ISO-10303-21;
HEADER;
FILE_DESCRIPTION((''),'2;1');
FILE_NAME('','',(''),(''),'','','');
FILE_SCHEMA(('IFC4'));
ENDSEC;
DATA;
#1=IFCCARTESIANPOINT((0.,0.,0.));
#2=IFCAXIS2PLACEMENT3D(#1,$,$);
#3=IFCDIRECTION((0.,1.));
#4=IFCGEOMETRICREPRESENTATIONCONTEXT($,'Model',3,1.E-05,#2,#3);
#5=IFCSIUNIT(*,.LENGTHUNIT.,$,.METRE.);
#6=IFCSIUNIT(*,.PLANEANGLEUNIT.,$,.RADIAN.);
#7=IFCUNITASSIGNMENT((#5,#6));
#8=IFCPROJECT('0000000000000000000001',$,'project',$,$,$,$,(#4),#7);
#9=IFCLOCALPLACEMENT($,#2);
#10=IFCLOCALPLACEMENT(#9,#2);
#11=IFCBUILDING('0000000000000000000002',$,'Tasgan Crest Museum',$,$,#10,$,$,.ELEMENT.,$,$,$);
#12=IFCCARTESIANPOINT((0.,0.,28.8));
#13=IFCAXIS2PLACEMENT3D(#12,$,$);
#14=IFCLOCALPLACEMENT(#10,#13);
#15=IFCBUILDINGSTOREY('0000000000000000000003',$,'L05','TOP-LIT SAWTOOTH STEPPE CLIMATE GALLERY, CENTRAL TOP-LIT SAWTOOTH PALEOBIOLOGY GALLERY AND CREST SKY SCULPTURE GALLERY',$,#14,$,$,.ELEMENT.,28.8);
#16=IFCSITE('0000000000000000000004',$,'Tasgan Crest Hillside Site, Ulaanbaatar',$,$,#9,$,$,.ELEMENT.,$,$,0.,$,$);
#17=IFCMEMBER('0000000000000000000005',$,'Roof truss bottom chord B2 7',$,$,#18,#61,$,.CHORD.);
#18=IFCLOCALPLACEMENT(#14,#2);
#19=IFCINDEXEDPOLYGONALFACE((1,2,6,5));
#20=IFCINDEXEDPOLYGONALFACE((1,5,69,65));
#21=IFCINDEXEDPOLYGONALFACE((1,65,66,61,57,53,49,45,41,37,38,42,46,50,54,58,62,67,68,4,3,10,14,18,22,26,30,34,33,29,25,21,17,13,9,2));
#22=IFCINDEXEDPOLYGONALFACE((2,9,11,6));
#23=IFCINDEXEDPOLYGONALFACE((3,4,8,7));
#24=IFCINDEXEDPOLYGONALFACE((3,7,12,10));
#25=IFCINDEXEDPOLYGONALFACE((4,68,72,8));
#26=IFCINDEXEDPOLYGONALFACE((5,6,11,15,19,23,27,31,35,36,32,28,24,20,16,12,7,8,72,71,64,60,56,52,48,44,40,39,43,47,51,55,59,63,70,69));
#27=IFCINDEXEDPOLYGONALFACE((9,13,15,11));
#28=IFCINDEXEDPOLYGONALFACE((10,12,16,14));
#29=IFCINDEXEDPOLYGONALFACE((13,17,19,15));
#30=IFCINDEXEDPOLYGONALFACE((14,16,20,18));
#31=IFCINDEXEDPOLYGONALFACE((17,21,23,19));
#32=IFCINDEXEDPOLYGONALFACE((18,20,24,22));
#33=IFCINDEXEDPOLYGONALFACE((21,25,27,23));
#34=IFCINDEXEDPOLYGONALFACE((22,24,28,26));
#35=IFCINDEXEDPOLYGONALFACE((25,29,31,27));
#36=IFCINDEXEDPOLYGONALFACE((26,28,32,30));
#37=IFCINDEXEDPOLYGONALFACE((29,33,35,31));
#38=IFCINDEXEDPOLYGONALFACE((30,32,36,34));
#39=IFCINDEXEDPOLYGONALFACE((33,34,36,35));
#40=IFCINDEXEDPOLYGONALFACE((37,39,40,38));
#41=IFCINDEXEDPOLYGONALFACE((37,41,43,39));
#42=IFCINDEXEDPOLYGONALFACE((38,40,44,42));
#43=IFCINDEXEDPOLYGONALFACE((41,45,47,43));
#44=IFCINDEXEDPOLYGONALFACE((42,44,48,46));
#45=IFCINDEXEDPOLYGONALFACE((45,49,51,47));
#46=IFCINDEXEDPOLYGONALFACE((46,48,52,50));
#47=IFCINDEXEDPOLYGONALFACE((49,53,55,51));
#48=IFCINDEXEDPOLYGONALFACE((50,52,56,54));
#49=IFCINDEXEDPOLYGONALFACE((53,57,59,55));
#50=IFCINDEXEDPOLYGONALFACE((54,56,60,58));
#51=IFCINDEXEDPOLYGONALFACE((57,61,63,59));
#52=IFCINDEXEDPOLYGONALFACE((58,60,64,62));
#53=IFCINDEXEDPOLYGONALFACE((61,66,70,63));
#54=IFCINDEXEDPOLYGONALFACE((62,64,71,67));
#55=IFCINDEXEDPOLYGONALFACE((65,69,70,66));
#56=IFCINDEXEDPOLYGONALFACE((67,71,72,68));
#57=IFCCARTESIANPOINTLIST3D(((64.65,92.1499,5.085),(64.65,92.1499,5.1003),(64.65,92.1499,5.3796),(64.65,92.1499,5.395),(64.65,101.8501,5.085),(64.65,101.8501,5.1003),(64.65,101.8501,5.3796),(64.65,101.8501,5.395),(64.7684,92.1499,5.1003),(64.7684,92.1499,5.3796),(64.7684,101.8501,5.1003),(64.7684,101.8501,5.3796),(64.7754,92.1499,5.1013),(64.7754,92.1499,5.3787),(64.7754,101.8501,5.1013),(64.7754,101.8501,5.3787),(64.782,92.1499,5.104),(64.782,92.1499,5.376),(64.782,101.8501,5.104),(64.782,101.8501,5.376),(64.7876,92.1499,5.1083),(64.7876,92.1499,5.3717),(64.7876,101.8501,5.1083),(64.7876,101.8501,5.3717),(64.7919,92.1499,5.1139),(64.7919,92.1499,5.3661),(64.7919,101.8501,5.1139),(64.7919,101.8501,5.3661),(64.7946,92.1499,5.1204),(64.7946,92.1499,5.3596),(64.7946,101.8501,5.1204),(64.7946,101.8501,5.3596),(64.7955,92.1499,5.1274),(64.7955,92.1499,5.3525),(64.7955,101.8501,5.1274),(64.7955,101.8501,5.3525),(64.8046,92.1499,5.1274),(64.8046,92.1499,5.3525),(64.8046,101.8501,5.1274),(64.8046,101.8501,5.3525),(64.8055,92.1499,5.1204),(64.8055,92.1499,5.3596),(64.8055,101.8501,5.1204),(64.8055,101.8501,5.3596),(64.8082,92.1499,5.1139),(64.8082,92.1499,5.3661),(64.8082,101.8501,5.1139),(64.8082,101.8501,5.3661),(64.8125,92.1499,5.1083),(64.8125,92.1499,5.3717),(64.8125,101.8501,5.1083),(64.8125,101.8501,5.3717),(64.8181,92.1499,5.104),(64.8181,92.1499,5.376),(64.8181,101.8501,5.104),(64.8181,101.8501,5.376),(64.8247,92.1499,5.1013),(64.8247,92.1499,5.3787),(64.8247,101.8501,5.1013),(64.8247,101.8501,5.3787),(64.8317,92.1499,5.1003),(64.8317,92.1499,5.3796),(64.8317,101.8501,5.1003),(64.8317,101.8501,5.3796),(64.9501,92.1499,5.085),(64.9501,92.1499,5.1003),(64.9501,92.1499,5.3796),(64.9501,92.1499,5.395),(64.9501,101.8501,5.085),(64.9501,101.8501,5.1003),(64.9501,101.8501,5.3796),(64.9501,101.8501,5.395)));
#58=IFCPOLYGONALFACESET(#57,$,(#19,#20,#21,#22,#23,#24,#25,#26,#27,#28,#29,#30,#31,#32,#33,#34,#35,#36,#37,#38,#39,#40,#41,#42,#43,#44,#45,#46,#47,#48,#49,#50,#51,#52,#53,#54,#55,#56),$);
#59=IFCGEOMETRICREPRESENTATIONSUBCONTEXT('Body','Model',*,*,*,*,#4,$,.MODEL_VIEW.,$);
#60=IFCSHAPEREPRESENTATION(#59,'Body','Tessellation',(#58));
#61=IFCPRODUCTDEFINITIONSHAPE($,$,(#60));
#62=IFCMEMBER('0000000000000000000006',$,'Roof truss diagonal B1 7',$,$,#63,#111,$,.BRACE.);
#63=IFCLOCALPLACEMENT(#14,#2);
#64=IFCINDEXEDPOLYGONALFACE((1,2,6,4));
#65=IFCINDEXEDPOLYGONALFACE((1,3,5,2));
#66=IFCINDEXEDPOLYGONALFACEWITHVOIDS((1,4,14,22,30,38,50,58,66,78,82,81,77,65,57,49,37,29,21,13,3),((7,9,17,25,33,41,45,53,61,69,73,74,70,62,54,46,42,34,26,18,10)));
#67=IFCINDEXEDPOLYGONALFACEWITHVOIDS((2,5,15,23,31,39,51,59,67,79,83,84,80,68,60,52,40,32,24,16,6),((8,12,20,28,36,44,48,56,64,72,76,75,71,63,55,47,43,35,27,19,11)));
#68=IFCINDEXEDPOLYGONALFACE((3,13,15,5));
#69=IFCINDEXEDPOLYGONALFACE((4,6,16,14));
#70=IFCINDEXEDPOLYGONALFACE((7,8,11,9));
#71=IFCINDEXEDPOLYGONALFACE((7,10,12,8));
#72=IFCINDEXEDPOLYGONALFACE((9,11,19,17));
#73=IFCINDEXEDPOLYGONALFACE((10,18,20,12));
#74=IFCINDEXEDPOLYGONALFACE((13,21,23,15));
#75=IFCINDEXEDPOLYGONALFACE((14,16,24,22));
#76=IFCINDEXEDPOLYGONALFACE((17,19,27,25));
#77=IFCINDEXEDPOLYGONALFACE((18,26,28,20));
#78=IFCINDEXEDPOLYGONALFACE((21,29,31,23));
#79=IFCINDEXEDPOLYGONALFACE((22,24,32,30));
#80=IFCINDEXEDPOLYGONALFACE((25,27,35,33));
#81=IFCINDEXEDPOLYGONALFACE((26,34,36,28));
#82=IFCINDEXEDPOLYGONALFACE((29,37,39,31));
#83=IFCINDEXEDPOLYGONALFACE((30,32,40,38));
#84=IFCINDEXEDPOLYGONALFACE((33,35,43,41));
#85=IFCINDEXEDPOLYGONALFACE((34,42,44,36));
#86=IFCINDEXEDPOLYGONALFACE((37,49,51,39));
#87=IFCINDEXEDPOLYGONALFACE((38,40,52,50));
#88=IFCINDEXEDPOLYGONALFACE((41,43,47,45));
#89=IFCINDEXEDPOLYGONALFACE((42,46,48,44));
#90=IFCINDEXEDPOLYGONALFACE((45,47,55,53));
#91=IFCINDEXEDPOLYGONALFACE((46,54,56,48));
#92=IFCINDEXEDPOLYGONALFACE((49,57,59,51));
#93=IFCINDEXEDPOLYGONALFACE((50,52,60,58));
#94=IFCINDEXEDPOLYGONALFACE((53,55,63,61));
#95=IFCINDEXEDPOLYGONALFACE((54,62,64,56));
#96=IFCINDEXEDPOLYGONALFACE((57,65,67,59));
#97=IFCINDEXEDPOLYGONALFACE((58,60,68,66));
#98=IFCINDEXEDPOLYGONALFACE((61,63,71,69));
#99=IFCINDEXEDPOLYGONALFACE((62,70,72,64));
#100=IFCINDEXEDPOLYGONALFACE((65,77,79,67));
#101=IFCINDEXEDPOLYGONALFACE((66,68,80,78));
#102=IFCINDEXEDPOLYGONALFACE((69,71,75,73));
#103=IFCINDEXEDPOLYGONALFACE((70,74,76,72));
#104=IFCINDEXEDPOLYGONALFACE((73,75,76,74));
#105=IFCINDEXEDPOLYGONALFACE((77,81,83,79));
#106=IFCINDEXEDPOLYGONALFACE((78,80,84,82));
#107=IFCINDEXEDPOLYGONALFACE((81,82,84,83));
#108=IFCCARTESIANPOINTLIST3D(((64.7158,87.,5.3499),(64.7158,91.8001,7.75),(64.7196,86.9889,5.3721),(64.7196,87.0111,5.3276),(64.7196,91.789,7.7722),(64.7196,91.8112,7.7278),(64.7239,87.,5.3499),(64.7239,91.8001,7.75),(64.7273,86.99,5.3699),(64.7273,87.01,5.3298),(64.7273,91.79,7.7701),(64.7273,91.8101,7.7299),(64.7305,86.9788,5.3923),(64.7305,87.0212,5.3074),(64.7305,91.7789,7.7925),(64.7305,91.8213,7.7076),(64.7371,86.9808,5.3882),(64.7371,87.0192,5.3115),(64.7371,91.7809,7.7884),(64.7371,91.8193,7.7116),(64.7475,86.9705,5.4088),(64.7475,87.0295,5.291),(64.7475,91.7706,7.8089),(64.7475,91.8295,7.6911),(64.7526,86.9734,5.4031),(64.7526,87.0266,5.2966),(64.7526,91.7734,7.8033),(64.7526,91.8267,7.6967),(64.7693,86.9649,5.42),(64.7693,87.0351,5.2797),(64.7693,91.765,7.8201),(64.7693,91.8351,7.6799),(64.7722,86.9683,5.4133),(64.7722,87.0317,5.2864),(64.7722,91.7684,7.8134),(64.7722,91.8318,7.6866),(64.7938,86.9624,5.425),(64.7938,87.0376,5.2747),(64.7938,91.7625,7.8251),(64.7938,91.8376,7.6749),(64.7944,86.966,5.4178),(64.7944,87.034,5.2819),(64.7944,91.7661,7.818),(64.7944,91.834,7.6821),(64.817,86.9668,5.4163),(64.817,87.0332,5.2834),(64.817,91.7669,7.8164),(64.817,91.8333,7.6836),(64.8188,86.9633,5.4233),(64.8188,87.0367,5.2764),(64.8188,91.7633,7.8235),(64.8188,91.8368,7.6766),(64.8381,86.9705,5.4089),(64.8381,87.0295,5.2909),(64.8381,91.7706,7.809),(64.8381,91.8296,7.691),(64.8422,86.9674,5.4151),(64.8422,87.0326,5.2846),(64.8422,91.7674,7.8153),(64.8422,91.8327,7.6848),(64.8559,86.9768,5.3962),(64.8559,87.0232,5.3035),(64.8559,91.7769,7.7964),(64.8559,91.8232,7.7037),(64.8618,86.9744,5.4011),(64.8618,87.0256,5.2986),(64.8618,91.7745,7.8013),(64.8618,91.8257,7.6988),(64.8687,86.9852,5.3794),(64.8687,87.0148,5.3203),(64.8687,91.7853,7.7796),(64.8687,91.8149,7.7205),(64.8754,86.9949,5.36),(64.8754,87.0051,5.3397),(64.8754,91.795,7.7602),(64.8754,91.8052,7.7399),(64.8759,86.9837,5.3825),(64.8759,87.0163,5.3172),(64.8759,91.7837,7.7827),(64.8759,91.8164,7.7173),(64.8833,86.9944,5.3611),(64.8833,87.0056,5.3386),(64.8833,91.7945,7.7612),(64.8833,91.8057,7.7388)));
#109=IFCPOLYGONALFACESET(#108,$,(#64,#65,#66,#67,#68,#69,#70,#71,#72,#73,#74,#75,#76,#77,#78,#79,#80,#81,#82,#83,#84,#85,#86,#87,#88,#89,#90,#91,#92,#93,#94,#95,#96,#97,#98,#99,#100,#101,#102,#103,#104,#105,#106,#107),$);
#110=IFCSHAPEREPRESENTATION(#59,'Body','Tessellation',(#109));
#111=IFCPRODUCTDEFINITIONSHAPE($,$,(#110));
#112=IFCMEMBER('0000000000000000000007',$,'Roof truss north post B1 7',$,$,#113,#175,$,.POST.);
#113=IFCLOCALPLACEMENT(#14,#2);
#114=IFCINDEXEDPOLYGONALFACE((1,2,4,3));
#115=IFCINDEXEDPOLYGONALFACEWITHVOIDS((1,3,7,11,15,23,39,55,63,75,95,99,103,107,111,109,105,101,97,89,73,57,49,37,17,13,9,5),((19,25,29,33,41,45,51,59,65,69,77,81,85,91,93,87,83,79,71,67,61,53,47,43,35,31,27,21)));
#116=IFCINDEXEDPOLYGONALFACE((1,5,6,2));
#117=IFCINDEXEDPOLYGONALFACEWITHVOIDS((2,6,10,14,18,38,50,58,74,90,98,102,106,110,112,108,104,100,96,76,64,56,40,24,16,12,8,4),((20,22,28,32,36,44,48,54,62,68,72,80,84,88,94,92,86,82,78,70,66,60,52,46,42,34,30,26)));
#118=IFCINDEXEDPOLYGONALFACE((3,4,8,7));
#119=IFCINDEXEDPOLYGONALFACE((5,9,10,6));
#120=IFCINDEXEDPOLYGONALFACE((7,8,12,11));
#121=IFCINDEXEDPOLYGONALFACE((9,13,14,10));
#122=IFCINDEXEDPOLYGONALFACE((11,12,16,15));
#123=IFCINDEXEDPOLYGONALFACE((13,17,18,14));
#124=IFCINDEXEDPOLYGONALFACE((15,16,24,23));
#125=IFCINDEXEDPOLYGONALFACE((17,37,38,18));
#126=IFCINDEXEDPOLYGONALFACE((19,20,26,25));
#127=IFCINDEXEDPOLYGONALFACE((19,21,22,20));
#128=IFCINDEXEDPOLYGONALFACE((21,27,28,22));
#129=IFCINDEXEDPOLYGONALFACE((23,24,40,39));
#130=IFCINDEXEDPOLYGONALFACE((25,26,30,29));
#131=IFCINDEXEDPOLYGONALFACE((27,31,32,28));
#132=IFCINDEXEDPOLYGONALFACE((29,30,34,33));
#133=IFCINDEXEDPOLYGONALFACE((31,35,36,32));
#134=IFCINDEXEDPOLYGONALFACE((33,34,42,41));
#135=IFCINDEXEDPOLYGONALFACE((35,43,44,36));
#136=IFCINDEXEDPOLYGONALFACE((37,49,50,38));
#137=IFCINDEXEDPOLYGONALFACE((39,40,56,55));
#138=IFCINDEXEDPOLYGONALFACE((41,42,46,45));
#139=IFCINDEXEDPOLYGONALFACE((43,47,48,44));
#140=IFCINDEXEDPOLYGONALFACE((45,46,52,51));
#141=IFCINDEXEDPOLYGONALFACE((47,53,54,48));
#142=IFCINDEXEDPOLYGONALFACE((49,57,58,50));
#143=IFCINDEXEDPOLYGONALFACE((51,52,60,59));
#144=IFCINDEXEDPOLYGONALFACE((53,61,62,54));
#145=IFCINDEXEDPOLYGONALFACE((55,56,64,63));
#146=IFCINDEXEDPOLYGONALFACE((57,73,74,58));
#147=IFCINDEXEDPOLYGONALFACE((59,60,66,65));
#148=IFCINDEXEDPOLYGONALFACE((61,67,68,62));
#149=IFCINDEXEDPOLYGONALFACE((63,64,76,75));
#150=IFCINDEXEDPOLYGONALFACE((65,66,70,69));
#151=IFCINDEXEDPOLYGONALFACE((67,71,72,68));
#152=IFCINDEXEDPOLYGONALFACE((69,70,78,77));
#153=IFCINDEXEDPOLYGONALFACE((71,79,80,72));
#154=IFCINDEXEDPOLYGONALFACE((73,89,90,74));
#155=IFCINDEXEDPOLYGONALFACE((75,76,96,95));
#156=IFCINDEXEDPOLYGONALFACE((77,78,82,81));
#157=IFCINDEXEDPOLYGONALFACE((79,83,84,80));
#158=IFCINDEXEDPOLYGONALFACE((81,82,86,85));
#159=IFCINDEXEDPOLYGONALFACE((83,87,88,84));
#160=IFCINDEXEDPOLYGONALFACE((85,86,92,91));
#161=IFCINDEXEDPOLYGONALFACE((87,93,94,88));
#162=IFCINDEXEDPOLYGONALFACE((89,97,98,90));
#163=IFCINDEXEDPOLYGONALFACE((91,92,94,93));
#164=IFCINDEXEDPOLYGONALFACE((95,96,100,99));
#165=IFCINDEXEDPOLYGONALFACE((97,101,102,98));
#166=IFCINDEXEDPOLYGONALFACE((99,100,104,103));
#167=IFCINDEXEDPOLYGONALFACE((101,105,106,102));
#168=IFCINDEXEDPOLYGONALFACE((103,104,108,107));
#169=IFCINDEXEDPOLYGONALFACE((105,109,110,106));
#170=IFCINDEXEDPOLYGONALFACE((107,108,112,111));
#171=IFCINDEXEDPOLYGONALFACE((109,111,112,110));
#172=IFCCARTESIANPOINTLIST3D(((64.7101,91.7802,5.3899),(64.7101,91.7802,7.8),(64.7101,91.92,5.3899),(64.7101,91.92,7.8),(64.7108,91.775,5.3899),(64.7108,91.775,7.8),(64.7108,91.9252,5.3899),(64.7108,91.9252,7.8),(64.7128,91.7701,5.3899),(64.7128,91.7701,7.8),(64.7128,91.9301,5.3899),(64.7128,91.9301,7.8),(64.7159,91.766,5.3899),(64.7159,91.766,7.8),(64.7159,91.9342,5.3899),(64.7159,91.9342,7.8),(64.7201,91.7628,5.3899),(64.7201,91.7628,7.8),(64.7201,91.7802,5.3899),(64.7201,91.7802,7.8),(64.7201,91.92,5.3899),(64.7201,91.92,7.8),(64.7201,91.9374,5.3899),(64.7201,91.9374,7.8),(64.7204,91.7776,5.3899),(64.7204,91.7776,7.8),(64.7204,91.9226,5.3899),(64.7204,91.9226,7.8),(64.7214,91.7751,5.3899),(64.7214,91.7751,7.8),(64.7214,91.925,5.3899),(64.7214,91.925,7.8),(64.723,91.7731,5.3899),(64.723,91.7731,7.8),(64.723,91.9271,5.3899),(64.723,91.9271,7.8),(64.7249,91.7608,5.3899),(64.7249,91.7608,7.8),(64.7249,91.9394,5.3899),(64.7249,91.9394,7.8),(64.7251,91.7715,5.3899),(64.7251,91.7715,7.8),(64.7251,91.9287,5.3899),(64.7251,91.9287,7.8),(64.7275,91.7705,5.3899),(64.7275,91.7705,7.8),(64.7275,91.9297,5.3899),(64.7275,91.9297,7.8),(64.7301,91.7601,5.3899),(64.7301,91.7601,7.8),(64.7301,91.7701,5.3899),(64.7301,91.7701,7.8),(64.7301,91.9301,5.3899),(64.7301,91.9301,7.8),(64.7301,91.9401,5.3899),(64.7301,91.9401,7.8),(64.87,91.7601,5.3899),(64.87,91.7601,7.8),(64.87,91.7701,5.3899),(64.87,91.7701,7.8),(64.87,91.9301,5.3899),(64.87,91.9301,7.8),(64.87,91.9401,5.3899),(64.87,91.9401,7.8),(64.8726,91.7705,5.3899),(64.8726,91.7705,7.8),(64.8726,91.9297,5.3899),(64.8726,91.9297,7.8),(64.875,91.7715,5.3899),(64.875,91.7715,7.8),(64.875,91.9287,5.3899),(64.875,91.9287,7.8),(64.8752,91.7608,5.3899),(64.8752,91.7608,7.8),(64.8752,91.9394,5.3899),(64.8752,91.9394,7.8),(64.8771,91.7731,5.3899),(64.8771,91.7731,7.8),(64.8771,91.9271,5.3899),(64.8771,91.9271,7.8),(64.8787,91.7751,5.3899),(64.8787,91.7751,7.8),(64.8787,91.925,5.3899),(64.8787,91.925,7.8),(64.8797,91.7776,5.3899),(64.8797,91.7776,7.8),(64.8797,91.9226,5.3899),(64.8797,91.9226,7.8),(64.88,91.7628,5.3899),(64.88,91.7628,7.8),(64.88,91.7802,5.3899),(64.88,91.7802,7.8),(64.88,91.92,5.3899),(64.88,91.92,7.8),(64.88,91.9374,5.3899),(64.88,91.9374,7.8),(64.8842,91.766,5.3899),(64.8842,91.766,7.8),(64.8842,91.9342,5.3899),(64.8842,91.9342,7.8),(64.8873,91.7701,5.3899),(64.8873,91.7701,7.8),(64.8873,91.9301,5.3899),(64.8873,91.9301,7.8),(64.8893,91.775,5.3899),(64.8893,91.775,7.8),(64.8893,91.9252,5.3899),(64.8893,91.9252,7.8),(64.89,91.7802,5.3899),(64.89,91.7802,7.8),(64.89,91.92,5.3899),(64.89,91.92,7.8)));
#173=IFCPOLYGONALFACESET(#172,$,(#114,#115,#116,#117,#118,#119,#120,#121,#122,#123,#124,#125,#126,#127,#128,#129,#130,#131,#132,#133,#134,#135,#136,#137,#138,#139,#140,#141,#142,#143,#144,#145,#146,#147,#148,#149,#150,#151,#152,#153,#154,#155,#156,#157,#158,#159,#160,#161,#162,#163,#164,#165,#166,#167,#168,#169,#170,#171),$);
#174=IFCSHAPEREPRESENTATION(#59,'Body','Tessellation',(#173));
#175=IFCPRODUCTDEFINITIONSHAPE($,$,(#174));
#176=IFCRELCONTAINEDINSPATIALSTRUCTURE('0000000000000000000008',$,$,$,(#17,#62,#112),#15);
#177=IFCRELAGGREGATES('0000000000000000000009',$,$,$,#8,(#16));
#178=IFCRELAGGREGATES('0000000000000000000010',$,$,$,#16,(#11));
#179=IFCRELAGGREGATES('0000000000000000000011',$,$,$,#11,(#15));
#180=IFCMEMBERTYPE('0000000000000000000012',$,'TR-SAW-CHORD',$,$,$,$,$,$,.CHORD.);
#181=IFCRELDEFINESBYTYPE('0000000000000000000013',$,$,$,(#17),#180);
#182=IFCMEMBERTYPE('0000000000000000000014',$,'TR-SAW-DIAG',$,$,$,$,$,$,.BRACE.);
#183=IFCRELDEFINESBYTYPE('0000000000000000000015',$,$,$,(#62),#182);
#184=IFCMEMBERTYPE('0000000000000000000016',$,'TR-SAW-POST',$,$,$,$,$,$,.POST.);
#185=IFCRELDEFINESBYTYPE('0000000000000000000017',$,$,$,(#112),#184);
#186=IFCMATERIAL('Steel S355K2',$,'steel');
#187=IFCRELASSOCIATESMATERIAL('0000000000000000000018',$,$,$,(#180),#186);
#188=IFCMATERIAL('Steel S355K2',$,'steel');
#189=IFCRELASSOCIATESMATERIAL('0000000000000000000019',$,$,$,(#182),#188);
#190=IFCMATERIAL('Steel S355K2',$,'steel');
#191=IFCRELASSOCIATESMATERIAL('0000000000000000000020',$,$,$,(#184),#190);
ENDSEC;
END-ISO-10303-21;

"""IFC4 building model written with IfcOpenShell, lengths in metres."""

from ifc_helpers import new_model, si_unit, direction, frame, origin, origin_2d, place, context, subcontext, project, spatial, hollow_rectangle, hollow_circle, i_section, extrude, material, material_profile, profile_set, type_object, element, save


model = new_model("IFC4")

# Units and contexts
model_context = context("Model", 3, precision=1e-05, world=origin(), true_north=direction((0.0, 1.0)))
body_context = subcontext(model_context, "Body", "Model", "MODEL_VIEW")
ifc_project = project(units=[si_unit("LENGTHUNIT", "METRE"), si_unit("PLANEANGLEUNIT", "RADIAN")], contexts=[model_context])

# Site, building, storey
site_placement = place(None, origin())
site = spatial("IfcSite", under=ifc_project, at=site_placement, Name="Tasgan Crest Hillside Site, Ulaanbaatar", CompositionType="ELEMENT", RefElevation=0.0)
building_placement = place(site_placement, origin())
building = spatial("IfcBuilding", under=site, at=building_placement, Name="Tasgan Crest Museum", CompositionType="ELEMENT")
storey_placement = place(building_placement, frame((0.0, 0.0, 28.8)))
storey = spatial("IfcBuildingStorey", under=building, at=storey_placement, Name="L05", Description="TOP-LIT SAWTOOTH STEPPE CLIMATE GALLERY, CENTRAL TOP-LIT SAWTOOTH PALEOBIOLOGY GALLERY AND CREST SKY SCULPTURE GALLERY", CompositionType="ELEMENT", Elevation=28.8)

# Members
ifc_material_1 = material(Name="Steel S355K2", Category="steel")
ifc_material_profile_1 = material_profile(ifc_material_1, i_section(OverallWidth=0.3, OverallDepth=0.3101, WebThickness=0.009, FlangeThickness=0.0154, FilletRadius=0.0271, at=origin_2d()), Name="HEA 320")
ifc_profile_set_1 = profile_set([ifc_material_profile_1], Name="Steel S355K2")
member_type_1 = type_object("IfcMemberType", Name="TR-SAW-CHORD", PredefinedType="CHORD", material=ifc_profile_set_1)
member_1_placement = place(storey_placement, frame((64.8, 92.1499, 5.24), z_axis=(0.0, 1.0, 0.0), x_axis=(-1.0, 0.0, 0.0)))
element("IfcMember", 1, at=member_1_placement, inside=storey, type_object=member_type_1, Name="Roof truss bottom chord B2 7", PredefinedType="CHORD", context=body_context, shape_type="SweptSolid", body=[
    extrude(i_section(OverallWidth=0.3, OverallDepth=0.3101, WebThickness=0.009, FlangeThickness=0.0154, FilletRadius=0.0271, at=origin_2d()), origin(), (0.0, 0.0, 1.0), 9.7002),
])
ifc_material_2 = material(Name="Steel S355K2", Category="steel")
ifc_material_profile_2 = material_profile(ifc_material_2, hollow_circle(Radius=0.0842, WallThickness=0.0081, at=origin_2d()), Name="CHS 168.3x8")
ifc_profile_set_2 = profile_set([ifc_material_profile_2], Name="Steel S355K2")
member_type_2 = type_object("IfcMemberType", Name="TR-SAW-DIAG", PredefinedType="BRACE", material=ifc_profile_set_2)
member_2_placement = place(storey_placement, frame((64.8, 87.0, 5.3499), z_axis=(0.0, 0.894418, 0.447232), x_axis=(-1.0, 0.0, 0.0)))
element("IfcMember", 2, at=member_2_placement, inside=storey, type_object=member_type_2, Name="Roof truss diagonal B1 7", PredefinedType="BRACE", context=body_context, shape_type="SweptSolid", body=[
    extrude(hollow_circle(Radius=0.0842, WallThickness=0.0081, at=origin_2d()), origin(), (0.0, 0.0, 1.0), 5.3667),
])
ifc_material_3 = material(Name="Steel S355K2", Category="steel")
ifc_material_profile_3 = material_profile(ifc_material_3, hollow_rectangle(XDim=0.1799, YDim=0.1799, WallThickness=0.01, InnerFilletRadius=0.01, OuterFilletRadius=0.02, at=origin_2d()), Name="SHS 180x180x10")
ifc_profile_set_3 = profile_set([ifc_material_profile_3], Name="Steel S355K2")
member_type_3 = type_object("IfcMemberType", Name="TR-SAW-POST", PredefinedType="POST", material=ifc_profile_set_3)
member_3_placement = place(storey_placement, frame((64.8, 91.8501, 5.3899), z_axis=(0.0, 0.0, 1.0), x_axis=(1.0, 0.0, 0.0)))
element("IfcMember", 3, at=member_3_placement, inside=storey, type_object=member_type_3, Name="Roof truss north post B1 7", PredefinedType="POST", context=body_context, shape_type="SweptSolid", body=[
    extrude(hollow_rectangle(XDim=0.1799, YDim=0.1799, WallThickness=0.01, InnerFilletRadius=0.01, OuterFilletRadius=0.02, at=origin_2d()), origin(), (0.0, 0.0, 1.0), 2.4102),
])

save(model, "model.ifc")
